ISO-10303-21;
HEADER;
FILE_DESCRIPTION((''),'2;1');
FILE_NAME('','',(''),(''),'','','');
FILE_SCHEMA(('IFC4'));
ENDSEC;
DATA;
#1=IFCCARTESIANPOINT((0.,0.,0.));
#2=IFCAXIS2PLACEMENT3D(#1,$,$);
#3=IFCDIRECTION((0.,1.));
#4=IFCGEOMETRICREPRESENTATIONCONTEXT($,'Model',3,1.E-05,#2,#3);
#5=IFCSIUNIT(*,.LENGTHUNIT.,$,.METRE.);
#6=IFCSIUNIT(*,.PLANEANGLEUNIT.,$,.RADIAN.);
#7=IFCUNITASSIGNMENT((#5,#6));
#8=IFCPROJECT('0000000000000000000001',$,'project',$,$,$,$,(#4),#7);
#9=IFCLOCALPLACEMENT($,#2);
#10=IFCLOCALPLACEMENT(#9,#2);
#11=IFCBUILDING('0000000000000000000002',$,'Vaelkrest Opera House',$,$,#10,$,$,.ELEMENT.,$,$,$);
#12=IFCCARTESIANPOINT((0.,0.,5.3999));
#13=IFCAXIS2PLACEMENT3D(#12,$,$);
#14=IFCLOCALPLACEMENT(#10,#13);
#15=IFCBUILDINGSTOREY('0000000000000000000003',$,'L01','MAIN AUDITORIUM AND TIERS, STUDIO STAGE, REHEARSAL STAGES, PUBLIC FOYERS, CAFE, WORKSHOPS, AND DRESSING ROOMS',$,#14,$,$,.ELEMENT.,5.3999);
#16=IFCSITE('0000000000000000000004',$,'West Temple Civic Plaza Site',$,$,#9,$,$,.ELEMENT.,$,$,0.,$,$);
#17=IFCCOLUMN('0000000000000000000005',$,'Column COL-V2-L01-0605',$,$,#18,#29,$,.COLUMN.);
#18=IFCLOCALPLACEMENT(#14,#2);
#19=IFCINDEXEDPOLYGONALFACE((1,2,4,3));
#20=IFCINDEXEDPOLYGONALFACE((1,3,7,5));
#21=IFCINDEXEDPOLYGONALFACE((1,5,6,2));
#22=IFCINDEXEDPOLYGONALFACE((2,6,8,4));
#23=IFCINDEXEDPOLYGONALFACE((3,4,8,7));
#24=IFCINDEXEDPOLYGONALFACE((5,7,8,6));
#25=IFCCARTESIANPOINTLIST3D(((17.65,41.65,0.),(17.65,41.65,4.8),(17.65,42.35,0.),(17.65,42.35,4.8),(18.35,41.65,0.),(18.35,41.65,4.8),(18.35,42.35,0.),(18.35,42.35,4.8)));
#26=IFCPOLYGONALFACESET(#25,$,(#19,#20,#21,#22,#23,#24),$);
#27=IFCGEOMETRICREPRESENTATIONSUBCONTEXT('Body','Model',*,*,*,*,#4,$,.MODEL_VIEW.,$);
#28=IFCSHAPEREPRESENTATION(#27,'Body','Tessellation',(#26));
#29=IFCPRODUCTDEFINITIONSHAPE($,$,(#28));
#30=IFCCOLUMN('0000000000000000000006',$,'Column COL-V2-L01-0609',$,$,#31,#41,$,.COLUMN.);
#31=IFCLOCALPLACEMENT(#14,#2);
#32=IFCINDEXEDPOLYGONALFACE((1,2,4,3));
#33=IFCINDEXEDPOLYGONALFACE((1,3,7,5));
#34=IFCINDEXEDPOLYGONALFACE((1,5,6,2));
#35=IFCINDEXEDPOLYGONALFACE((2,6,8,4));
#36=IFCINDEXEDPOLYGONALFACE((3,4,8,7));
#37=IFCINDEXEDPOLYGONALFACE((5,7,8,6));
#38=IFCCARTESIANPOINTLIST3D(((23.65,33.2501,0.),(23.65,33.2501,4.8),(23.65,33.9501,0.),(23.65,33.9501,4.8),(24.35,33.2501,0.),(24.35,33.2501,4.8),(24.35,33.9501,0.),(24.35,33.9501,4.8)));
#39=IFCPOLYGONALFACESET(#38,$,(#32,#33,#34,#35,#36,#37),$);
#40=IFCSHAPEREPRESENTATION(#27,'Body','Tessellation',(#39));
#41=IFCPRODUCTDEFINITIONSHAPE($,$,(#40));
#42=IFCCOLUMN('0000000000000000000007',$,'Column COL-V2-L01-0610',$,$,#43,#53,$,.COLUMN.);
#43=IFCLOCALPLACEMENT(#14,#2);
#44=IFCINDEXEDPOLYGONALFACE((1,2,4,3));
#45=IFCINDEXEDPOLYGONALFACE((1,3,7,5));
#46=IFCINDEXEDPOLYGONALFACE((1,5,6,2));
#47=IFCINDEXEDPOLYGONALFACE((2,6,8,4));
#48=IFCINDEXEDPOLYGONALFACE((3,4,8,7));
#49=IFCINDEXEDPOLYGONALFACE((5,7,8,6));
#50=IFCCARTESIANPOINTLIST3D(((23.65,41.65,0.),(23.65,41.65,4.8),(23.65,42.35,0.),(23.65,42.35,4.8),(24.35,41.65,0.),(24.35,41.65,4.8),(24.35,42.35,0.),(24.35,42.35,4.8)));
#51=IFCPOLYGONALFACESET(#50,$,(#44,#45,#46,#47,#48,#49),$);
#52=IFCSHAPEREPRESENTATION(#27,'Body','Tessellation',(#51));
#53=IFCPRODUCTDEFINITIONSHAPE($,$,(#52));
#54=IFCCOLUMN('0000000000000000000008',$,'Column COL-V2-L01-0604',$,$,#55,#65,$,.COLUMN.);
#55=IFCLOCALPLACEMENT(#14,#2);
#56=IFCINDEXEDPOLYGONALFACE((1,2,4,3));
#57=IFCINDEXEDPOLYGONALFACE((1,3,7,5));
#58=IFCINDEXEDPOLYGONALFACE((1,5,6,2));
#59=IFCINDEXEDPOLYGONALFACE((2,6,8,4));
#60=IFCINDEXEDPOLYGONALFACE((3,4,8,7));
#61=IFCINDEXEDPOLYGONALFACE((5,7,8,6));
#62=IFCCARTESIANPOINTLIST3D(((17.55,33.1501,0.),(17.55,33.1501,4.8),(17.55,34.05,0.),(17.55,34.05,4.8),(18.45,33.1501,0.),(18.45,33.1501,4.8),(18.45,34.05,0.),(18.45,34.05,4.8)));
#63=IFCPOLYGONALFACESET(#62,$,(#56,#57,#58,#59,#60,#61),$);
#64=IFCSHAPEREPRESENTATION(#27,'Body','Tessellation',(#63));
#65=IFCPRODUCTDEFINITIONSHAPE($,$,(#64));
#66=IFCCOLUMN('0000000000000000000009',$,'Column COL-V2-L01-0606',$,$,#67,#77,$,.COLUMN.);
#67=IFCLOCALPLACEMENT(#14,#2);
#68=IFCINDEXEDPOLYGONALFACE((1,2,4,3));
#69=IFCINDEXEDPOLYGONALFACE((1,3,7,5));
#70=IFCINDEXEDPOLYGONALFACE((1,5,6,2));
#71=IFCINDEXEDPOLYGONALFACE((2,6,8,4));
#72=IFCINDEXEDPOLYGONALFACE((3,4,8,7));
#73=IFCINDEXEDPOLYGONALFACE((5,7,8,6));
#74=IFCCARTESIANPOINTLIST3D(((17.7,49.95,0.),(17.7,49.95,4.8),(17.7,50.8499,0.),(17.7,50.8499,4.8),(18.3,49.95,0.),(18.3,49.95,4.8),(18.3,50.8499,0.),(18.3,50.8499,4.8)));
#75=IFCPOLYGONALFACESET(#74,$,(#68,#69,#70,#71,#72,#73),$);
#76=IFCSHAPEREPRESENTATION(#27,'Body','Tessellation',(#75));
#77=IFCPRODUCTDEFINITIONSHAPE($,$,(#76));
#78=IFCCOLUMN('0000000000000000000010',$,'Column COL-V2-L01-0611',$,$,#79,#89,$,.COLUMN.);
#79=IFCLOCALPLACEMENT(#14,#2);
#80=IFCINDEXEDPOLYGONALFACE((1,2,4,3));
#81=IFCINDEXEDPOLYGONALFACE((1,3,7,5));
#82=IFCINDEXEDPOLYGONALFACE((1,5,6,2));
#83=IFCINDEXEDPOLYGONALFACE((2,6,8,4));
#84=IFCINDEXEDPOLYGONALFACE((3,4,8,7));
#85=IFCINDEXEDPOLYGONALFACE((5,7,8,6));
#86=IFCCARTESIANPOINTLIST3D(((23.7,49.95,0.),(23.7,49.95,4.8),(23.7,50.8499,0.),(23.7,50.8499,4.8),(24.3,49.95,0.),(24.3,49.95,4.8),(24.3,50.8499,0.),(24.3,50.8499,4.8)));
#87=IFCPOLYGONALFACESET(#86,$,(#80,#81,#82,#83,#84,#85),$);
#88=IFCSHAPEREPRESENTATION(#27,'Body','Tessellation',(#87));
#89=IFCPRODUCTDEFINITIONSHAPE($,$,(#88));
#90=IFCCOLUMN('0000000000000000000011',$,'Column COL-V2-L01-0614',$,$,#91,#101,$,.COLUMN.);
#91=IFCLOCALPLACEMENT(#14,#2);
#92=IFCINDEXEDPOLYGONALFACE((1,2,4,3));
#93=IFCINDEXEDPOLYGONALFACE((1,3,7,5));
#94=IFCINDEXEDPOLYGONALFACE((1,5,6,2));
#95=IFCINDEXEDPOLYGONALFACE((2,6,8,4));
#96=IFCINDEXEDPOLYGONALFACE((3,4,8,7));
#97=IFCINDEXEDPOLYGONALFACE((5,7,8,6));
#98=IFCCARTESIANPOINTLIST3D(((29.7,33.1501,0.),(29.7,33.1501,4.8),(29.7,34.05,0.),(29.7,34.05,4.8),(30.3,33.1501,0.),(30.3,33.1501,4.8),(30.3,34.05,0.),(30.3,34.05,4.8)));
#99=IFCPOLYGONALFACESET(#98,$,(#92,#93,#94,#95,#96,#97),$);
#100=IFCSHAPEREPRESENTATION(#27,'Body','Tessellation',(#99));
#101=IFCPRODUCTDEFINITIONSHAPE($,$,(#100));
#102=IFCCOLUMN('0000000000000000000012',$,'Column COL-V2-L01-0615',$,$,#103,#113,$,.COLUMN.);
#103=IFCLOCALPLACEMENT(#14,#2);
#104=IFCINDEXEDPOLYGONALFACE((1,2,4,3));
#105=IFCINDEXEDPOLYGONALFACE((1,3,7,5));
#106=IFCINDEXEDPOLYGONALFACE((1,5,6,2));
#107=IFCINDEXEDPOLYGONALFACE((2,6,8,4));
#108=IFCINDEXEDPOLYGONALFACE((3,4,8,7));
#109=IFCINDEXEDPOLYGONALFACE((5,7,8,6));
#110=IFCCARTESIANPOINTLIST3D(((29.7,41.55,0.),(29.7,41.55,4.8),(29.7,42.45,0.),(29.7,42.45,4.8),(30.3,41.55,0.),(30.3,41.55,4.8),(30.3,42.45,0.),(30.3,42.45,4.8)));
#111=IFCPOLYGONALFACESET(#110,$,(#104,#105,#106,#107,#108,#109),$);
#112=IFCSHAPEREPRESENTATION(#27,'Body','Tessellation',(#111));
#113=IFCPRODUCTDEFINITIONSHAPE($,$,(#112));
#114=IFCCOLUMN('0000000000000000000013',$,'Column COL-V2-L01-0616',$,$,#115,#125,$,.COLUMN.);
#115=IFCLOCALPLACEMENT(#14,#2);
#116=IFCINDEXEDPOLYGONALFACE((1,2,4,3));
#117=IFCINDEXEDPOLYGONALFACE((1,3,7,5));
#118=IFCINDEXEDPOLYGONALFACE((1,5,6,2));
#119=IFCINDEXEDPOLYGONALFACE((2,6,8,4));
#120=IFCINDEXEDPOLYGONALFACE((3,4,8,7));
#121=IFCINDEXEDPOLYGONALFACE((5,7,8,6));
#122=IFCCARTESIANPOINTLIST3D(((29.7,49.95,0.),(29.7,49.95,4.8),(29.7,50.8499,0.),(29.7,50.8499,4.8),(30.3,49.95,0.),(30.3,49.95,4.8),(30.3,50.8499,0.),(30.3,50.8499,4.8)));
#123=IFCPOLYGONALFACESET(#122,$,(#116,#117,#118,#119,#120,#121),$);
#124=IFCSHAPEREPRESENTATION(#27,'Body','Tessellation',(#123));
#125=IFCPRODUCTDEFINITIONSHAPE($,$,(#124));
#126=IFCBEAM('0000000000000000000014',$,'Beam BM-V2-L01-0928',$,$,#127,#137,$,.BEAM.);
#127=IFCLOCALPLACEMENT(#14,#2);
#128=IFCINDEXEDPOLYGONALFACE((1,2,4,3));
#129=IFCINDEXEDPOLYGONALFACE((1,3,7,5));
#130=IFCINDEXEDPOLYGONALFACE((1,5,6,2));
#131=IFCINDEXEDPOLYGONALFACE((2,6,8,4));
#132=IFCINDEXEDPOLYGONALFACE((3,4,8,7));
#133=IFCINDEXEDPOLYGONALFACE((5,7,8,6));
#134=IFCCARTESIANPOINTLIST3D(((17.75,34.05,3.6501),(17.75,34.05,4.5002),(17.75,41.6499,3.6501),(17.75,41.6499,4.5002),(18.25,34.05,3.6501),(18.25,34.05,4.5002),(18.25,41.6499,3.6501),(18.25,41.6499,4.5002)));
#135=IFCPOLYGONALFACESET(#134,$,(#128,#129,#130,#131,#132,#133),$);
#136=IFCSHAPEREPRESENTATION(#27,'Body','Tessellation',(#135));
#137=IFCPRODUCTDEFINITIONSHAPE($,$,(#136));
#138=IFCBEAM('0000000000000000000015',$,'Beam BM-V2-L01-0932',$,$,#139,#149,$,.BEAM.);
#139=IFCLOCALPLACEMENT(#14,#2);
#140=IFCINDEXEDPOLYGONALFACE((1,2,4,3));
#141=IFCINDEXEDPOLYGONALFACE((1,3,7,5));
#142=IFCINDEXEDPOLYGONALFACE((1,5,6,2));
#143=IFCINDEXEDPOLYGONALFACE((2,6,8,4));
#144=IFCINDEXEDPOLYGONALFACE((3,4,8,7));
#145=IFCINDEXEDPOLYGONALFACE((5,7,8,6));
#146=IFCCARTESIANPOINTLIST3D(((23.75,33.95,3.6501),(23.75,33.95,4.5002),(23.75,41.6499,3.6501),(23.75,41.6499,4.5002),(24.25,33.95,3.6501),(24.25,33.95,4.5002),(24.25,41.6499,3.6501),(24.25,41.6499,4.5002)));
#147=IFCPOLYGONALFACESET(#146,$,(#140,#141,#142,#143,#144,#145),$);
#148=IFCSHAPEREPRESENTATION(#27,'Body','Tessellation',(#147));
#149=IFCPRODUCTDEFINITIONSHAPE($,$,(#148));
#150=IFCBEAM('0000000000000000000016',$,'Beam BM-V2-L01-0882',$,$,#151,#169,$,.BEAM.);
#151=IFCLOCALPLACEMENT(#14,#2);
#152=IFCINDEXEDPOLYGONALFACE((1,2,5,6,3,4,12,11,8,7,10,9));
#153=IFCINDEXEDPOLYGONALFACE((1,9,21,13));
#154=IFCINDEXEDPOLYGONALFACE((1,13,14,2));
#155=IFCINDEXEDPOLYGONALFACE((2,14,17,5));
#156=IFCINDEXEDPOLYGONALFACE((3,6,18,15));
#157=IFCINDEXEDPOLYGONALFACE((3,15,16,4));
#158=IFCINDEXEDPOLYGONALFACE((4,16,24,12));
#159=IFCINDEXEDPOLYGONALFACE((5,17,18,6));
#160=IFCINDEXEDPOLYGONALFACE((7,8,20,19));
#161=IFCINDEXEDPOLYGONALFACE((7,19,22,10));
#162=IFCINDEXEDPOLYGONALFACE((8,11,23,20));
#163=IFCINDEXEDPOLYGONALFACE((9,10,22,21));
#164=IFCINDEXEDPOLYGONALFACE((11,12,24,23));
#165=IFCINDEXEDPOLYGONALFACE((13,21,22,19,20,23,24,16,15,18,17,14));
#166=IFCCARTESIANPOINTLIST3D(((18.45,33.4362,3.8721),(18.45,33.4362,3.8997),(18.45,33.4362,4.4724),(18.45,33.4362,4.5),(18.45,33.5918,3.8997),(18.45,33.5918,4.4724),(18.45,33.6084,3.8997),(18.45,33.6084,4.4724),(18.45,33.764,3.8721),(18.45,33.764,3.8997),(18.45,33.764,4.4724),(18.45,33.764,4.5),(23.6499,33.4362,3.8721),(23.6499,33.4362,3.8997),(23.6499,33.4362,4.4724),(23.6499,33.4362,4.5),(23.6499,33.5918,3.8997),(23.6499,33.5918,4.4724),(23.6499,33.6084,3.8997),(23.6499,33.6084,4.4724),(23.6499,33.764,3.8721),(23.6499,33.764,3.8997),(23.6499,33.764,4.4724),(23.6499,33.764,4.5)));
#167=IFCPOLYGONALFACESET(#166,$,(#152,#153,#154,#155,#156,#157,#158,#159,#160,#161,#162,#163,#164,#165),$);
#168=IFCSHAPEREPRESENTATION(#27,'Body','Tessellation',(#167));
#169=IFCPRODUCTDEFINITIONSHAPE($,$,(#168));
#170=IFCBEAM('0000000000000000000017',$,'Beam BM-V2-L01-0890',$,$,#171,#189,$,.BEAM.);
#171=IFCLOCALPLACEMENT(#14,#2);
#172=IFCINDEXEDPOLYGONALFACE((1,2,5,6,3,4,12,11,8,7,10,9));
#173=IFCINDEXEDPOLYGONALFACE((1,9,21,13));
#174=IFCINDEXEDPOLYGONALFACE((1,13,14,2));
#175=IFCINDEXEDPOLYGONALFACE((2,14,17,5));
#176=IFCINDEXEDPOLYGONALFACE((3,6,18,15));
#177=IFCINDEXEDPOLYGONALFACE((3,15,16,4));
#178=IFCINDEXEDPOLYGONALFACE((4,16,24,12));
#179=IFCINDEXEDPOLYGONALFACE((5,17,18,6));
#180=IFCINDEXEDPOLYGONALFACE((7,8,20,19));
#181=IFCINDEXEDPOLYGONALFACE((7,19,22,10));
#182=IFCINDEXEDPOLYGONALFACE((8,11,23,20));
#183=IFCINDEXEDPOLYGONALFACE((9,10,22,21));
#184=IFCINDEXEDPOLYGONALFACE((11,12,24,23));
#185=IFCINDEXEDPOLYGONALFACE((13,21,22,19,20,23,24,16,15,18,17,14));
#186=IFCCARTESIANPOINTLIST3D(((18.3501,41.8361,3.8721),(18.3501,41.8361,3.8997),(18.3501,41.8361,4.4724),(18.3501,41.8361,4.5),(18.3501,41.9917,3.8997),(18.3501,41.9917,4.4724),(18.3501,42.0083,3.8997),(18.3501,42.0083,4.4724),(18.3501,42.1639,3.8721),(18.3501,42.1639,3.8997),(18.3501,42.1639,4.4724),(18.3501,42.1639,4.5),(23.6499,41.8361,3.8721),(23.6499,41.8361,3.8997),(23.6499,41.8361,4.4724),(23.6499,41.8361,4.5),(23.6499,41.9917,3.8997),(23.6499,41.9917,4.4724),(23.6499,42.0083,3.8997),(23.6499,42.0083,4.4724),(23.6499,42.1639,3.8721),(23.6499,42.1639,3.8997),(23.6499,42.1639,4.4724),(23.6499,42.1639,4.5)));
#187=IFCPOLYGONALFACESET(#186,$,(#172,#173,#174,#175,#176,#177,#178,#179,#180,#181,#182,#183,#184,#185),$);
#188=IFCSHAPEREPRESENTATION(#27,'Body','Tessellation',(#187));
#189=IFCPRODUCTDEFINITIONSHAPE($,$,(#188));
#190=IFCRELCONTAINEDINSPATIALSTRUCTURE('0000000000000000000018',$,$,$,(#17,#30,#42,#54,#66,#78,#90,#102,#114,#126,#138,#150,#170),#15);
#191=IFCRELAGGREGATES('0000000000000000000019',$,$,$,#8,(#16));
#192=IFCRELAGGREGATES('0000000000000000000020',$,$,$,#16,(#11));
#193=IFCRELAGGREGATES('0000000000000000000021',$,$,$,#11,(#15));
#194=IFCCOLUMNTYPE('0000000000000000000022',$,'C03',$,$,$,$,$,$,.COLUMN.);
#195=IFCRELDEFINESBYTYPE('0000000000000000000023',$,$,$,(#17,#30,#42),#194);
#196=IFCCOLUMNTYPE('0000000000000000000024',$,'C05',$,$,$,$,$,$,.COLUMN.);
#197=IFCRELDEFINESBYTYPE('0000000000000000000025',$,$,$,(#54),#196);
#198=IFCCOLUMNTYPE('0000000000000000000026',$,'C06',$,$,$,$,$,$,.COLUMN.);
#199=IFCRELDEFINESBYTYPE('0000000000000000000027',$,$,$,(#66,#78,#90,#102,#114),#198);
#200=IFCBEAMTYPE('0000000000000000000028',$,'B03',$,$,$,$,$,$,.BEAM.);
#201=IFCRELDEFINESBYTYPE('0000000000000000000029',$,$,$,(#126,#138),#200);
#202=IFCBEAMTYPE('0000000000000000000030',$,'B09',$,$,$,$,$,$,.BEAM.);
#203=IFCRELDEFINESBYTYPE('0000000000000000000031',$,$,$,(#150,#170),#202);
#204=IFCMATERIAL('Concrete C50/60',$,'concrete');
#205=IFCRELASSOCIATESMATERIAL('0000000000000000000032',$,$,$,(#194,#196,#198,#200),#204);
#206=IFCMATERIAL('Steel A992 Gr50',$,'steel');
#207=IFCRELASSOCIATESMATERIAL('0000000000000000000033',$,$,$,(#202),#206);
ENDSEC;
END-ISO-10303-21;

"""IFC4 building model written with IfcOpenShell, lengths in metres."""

from ifc_helpers import new_model, si_unit, direction, frame, origin, origin_2d, place, context, subcontext, project, spatial, rectangle, i_section, extrude, material, material_profile, profile_set, type_object, element, save


model = new_model("IFC4")

# Units and contexts
model_context = context("Model", 3, precision=1e-05, world=origin(), true_north=direction((0.0, 1.0)))
body_context = subcontext(model_context, "Body", "Model", "MODEL_VIEW")
ifc_project = project(units=[si_unit("LENGTHUNIT", "METRE"), si_unit("PLANEANGLEUNIT", "RADIAN")], contexts=[model_context])

# Site, building, storey
site_placement = place(None, origin())
site = spatial("IfcSite", under=ifc_project, at=site_placement, Name="West Temple Civic Plaza Site", CompositionType="ELEMENT", RefElevation=0.0)
building_placement = place(site_placement, origin())
building = spatial("IfcBuilding", under=site, at=building_placement, Name="Vaelkrest Opera House", CompositionType="ELEMENT")
storey_placement = place(building_placement, frame((0.0, 0.0, 5.3999)))
storey = spatial("IfcBuildingStorey", under=building, at=storey_placement, Name="L01", Description="MAIN AUDITORIUM AND TIERS, STUDIO STAGE, REHEARSAL STAGES, PUBLIC FOYERS, CAFE, WORKSHOPS, AND DRESSING ROOMS", CompositionType="ELEMENT", Elevation=5.3999)

# Columns
ifc_material_1 = material(Name="Concrete C50/60", Category="concrete")
ifc_material_profile_1 = material_profile(ifc_material_1, rectangle(XDim=0.7, YDim=0.7, at=origin_2d()), Name="RC700X700")
ifc_profile_set_1 = profile_set([ifc_material_profile_1], Name="Concrete C50/60")
column_type_1 = type_object("IfcColumnType", Name="C03", PredefinedType="COLUMN", material=ifc_profile_set_1)
for number, where, z_axis, x_axis, name in (
    (1, (18.0, 42.0, 0.0), (0.0, 0.0, 1.0), (1.0, 0.0, 0.0), "Column COL-V2-L01-0605"),
    (2, (24.0, 33.6001, 0.0), (0.0, 0.0, 1.0), (1.0, 0.0, 0.0), "Column COL-V2-L01-0609"),
    (3, (24.0, 42.0, 0.0), (0.0, 0.0, 1.0), (1.0, 0.0, 0.0), "Column COL-V2-L01-0610"),
):
    element("IfcColumn", number, at=place(storey_placement, frame(where, z_axis=z_axis, x_axis=x_axis)), inside=storey, type_object=column_type_1, Name=name, PredefinedType="COLUMN", context=body_context, shape_type="SweptSolid", body=[
        extrude(rectangle(XDim=0.7, YDim=0.7, at=origin_2d()), origin(), (0.0, 0.0, 1.0), 4.8),
    ])
ifc_material_profile_2 = material_profile(ifc_material_1, rectangle(XDim=0.8999, YDim=0.8999, at=origin_2d()), Name="RC900X900")
ifc_profile_set_2 = profile_set([ifc_material_profile_2], Name="Concrete C50/60")
column_type_2 = type_object("IfcColumnType", Name="C05", PredefinedType="COLUMN", material=ifc_profile_set_2)
column_placement = place(storey_placement, frame((18.0, 33.6001, 0.0), z_axis=(0.0, 0.0, 1.0), x_axis=(1.0, 0.0, 0.0)))
element("IfcColumn", 4, at=column_placement, inside=storey, type_object=column_type_2, Name="Column COL-V2-L01-0604", PredefinedType="COLUMN", context=body_context, shape_type="SweptSolid", body=[
    extrude(rectangle(XDim=0.8999, YDim=0.8999, at=origin_2d()), origin(), (0.0, 0.0, 1.0), 4.8),
])
ifc_material_profile_3 = material_profile(ifc_material_1, rectangle(XDim=0.6001, YDim=0.8999, at=origin_2d()), Name="RC600X900")
ifc_profile_set_3 = profile_set([ifc_material_profile_3], Name="Concrete C50/60")
column_type_3 = type_object("IfcColumnType", Name="C06", PredefinedType="COLUMN", material=ifc_profile_set_3)
for number, where, z_axis, x_axis, name in (
    (5, (18.0, 50.3999, 0.0), (0.0, 0.0, 1.0), (1.0, 0.0, 0.0), "Column COL-V2-L01-0606"),
    (6, (24.0, 50.3999, 0.0), (0.0, 0.0, 1.0), (1.0, 0.0, 0.0), "Column COL-V2-L01-0611"),
    (7, (30.0, 33.6001, 0.0), (0.0, 0.0, 1.0), (1.0, 0.0, 0.0), "Column COL-V2-L01-0614"),
    (8, (30.0, 42.0, 0.0), (0.0, 0.0, 1.0), (1.0, 0.0, 0.0), "Column COL-V2-L01-0615"),
    (9, (30.0, 50.3999, 0.0), (0.0, 0.0, 1.0), (1.0, 0.0, 0.0), "Column COL-V2-L01-0616"),
):
    element("IfcColumn", number, at=place(storey_placement, frame(where, z_axis=z_axis, x_axis=x_axis)), inside=storey, type_object=column_type_3, Name=name, PredefinedType="COLUMN", context=body_context, shape_type="SweptSolid", body=[
        extrude(rectangle(XDim=0.6001, YDim=0.8999, at=origin_2d()), origin(), (0.0, 0.0, 1.0), 4.8),
    ])

# Beams
ifc_material_profile_4 = material_profile(ifc_material_1, rectangle(XDim=0.5, YDim=0.8501, at=origin_2d()), Name="RCB500X850")
ifc_profile_set_4 = profile_set([ifc_material_profile_4], Name="Concrete C50/60")
beam_type_1 = type_object("IfcBeamType", Name="B03", PredefinedType="BEAM", material=ifc_profile_set_4)
beam_1_placement = place(storey_placement, frame((18.0, 34.05, 4.0752), z_axis=(0.0, 1.0, 0.0), x_axis=(-1.0, 0.0, 0.0)))
element("IfcBeam", 10, at=beam_1_placement, inside=storey, type_object=beam_type_1, Name="Beam BM-V2-L01-0928", PredefinedType="BEAM", context=body_context, shape_type="SweptSolid", body=[
    extrude(rectangle(XDim=0.5, YDim=0.8501, at=origin_2d()), origin(), (0.0, 0.0, 1.0), 7.5999),
])
beam_2_placement = place(storey_placement, frame((24.0, 33.95, 4.0752), z_axis=(0.0, 1.0, 0.0), x_axis=(-1.0, 0.0, 0.0)))
element("IfcBeam", 11, at=beam_2_placement, inside=storey, type_object=beam_type_1, Name="Beam BM-V2-L01-0932", PredefinedType="BEAM", context=body_context, shape_type="SweptSolid", body=[
    extrude(rectangle(XDim=0.5, YDim=0.8501, at=origin_2d()), origin(), (0.0, 0.0, 1.0), 7.7),
])
ifc_material_2 = material(Name="Steel A992 Gr50", Category="steel")
ifc_material_profile_5 = material_profile(ifc_material_2, i_section(OverallWidth=0.3279, OverallDepth=0.6279, WebThickness=0.0166, FlangeThickness=0.0276, at=origin_2d()), Name="W24X146")
ifc_profile_set_5 = profile_set([ifc_material_profile_5], Name="Steel A992 Gr50")
beam_type_2 = type_object("IfcBeamType", Name="B09", PredefinedType="BEAM", material=ifc_profile_set_5)
beam_3_placement = place(storey_placement, frame((18.45, 33.6001, 4.186), z_axis=(1.0, 0.0, 0.0), x_axis=(0.0, 1.0, 0.0)))
element("IfcBeam", 12, at=beam_3_placement, inside=storey, type_object=beam_type_2, Name="Beam BM-V2-L01-0882", PredefinedType="BEAM", context=body_context, shape_type="SweptSolid", body=[
    extrude(i_section(OverallWidth=0.3279, OverallDepth=0.6279, WebThickness=0.0166, FlangeThickness=0.0276, at=origin_2d()), origin(), (0.0, 0.0, 1.0), 5.2),
])
beam_4_placement = place(storey_placement, frame((18.3501, 42.0, 4.186), z_axis=(1.0, 0.0, 0.0), x_axis=(0.0, 1.0, 0.0)))
element("IfcBeam", 13, at=beam_4_placement, inside=storey, type_object=beam_type_2, Name="Beam BM-V2-L01-0890", PredefinedType="BEAM", context=body_context, shape_type="SweptSolid", body=[
    extrude(i_section(OverallWidth=0.3279, OverallDepth=0.6279, WebThickness=0.0166, FlangeThickness=0.0276, at=origin_2d()), origin(), (0.0, 0.0, 1.0), 5.2998),
])

save(model, "model.ifc")
